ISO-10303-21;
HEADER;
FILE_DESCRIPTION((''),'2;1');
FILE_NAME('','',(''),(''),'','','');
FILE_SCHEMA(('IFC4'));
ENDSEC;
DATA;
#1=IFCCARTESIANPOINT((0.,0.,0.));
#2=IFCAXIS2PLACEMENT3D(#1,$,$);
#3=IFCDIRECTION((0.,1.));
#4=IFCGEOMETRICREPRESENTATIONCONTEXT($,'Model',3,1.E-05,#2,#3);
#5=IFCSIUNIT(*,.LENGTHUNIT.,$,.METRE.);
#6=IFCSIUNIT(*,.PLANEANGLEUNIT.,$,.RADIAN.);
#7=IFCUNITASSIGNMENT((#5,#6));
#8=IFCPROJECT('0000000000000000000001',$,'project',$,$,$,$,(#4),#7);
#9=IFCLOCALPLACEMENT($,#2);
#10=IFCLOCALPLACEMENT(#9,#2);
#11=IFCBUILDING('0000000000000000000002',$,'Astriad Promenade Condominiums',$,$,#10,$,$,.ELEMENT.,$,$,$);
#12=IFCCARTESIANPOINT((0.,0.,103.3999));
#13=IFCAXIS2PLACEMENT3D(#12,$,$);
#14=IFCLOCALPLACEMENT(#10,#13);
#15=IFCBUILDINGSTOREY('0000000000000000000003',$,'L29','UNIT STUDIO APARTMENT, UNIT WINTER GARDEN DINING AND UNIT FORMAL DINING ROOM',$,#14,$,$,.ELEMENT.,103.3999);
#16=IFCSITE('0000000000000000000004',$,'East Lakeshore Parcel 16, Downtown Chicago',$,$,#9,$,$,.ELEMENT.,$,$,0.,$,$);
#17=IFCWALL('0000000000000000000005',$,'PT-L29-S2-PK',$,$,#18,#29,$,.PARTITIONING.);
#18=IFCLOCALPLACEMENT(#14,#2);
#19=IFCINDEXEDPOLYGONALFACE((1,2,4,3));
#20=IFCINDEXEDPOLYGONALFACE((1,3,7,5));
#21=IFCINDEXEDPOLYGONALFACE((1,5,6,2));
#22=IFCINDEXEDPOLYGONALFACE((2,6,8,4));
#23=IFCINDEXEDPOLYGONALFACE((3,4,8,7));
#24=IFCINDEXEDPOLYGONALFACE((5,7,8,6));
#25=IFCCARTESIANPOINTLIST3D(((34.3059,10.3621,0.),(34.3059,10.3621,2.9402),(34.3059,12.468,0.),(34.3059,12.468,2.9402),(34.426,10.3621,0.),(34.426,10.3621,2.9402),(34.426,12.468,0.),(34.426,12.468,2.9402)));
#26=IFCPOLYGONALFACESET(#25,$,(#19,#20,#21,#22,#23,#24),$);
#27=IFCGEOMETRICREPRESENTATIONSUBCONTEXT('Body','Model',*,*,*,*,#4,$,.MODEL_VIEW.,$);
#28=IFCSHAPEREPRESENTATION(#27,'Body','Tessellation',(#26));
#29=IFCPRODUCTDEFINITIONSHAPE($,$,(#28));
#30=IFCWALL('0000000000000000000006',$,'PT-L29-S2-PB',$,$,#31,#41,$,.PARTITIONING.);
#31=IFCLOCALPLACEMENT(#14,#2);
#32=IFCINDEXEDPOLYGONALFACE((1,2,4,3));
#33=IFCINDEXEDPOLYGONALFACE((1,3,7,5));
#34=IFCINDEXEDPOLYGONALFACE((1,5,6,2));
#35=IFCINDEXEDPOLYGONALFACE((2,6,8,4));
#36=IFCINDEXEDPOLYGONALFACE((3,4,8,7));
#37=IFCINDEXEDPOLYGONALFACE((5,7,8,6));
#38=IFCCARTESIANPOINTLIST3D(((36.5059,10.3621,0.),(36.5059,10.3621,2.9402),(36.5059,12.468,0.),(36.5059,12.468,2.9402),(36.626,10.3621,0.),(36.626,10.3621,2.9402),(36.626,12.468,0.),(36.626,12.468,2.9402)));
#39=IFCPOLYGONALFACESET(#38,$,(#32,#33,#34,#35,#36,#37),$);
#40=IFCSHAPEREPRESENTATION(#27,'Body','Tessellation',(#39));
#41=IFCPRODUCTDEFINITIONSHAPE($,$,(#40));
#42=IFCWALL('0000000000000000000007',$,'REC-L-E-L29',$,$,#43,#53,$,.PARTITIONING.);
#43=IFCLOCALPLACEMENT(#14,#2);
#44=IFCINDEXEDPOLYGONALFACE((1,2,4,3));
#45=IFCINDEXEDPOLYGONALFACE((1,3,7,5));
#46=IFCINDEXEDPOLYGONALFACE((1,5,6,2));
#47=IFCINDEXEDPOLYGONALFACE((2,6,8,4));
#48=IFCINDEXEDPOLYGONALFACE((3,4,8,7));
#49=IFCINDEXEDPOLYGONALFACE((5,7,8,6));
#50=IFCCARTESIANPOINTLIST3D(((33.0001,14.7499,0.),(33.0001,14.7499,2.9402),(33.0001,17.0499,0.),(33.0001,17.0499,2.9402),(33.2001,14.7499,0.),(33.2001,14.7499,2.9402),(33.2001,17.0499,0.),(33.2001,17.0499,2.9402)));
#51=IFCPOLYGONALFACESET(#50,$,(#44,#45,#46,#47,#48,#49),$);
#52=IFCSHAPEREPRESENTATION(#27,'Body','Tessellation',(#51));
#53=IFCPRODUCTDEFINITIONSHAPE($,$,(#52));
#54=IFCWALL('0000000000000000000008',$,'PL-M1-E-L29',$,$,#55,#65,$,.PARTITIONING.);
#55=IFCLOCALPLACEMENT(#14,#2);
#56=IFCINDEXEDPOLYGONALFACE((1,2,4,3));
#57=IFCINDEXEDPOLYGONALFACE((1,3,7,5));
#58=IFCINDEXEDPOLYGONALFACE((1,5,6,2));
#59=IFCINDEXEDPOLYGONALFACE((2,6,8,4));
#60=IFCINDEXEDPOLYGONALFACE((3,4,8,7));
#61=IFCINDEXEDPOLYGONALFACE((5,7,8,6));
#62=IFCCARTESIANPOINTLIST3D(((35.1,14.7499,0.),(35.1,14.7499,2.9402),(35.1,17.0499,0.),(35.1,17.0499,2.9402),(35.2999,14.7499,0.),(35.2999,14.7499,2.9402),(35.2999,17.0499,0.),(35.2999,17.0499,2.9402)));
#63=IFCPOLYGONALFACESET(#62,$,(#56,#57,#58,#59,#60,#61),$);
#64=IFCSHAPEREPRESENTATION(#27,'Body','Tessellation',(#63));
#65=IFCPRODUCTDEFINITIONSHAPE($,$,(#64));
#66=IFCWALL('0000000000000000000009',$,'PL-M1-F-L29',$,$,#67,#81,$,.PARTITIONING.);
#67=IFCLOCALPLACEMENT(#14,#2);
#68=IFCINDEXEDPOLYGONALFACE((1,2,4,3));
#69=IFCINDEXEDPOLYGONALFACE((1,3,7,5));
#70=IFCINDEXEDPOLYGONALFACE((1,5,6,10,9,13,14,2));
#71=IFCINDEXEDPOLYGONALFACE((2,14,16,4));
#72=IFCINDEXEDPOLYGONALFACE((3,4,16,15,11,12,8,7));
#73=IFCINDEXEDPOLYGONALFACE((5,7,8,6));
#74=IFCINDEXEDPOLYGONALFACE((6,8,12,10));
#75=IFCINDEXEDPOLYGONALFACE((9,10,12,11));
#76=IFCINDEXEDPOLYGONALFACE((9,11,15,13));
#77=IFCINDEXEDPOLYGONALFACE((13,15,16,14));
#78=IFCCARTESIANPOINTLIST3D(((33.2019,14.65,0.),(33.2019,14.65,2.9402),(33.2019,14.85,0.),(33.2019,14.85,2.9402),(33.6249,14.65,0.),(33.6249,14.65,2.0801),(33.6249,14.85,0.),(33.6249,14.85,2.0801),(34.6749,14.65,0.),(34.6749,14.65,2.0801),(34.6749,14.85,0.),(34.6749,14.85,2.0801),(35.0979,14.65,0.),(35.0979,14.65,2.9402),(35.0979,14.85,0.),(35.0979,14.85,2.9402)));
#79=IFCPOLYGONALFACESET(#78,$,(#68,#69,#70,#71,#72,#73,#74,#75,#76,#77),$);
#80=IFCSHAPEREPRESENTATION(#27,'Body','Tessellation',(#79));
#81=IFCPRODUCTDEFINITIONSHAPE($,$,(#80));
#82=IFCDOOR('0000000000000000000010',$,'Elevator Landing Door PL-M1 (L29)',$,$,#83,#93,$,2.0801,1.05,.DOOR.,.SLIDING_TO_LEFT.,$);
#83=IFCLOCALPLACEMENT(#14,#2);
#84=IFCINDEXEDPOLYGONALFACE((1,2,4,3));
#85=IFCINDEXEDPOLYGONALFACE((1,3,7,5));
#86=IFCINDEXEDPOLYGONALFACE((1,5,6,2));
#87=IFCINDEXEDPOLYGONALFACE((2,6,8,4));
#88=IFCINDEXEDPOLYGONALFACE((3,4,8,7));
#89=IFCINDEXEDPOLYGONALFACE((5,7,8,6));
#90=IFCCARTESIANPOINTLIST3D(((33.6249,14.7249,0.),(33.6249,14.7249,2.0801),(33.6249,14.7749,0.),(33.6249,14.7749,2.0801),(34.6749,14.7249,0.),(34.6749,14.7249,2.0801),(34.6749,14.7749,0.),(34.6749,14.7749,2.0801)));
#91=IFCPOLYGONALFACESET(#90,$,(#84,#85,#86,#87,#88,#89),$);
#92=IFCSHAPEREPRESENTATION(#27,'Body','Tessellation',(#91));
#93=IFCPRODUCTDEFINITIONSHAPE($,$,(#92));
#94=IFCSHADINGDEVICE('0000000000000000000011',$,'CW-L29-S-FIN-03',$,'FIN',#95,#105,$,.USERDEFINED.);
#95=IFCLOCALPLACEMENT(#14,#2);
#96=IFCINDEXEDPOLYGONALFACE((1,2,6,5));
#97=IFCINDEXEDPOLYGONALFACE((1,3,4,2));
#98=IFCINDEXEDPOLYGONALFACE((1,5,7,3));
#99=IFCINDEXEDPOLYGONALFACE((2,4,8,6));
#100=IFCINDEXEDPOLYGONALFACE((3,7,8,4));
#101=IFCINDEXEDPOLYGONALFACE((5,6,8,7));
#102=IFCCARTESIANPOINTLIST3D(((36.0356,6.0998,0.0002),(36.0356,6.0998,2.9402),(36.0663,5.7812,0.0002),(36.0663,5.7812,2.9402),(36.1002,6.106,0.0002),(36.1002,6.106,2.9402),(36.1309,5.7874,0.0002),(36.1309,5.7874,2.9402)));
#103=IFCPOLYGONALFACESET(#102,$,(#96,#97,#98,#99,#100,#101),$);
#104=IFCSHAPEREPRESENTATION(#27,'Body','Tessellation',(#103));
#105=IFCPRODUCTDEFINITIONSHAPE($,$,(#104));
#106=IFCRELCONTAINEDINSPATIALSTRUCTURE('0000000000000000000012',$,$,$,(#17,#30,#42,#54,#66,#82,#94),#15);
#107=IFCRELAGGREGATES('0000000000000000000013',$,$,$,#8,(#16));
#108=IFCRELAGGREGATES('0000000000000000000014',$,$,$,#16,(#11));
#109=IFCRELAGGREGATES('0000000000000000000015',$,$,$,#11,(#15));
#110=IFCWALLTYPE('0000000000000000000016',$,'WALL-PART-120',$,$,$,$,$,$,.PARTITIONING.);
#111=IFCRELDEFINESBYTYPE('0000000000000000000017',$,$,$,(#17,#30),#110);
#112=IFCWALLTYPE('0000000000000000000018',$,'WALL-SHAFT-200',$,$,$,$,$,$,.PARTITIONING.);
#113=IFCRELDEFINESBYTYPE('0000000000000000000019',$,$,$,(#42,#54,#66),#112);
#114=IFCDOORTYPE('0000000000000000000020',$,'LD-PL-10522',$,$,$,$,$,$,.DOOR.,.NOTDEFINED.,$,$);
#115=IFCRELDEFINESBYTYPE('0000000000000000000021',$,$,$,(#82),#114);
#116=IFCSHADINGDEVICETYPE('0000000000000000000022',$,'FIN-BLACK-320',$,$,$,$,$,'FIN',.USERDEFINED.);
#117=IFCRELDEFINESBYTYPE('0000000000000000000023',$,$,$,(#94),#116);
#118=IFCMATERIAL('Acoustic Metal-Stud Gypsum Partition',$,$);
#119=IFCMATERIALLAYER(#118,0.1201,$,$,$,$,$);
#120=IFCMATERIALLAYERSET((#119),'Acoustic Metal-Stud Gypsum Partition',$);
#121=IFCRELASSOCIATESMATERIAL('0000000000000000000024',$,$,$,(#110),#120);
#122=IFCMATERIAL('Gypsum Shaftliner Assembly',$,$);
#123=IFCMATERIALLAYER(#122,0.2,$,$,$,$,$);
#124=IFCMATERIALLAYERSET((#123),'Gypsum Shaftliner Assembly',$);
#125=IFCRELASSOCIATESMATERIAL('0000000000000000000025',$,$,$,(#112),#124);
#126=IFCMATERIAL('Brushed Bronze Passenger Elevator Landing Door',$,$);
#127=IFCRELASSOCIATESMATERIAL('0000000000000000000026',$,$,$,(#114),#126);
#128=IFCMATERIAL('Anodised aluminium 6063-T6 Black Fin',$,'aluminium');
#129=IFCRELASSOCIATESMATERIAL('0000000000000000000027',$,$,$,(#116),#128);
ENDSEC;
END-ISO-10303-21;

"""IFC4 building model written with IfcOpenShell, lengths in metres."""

from ifc_helpers import new_model, si_unit, direction, frame, frame_2d, origin, origin_2d, place, context, subcontext, project, spatial, rectangle, extrude, source, transform, mapped, material, layer, layer_set, type_object, type_shapes, element, fill, save


model = new_model("IFC4")

# Units and contexts
model_context = context("Model", 3, precision=1e-05, world=origin(), true_north=direction((0.0, 1.0)))
body_context = subcontext(model_context, "Body", "Model", "MODEL_VIEW")
ifc_project = project(units=[si_unit("LENGTHUNIT", "METRE"), si_unit("PLANEANGLEUNIT", "RADIAN")], contexts=[model_context])

# Site, building, storey
site_placement = place(None, origin())
site = spatial("IfcSite", under=ifc_project, at=site_placement, Name="East Lakeshore Parcel 16, Downtown Chicago", CompositionType="ELEMENT", RefElevation=0.0)
building_placement = place(site_placement, origin())
building = spatial("IfcBuilding", under=site, at=building_placement, Name="Astriad Promenade Condominiums", CompositionType="ELEMENT")
storey_placement = place(building_placement, frame((0.0, 0.0, 103.3999)))
storey = spatial("IfcBuildingStorey", under=building, at=storey_placement, Name="L29", Description="UNIT STUDIO APARTMENT, UNIT WINTER GARDEN DINING AND UNIT FORMAL DINING ROOM", CompositionType="ELEMENT", Elevation=103.3999)

# Shared definitions
ifc_material_1 = material(Name="Acoustic Metal-Stud Gypsum Partition")
ifc_layer_1 = layer(ifc_material_1, 0.1201)
ifc_layer_set_1 = layer_set([ifc_layer_1], Name="Acoustic Metal-Stud Gypsum Partition")
wall_type_1 = type_object("IfcWallType", Name="WALL-PART-120", PredefinedType="PARTITIONING", material=ifc_layer_set_1)

# Walls
for number, where, z_axis, x_axis, name in (
    (1, (34.366, 10.3621, 0.0), (0.0, 0.0, 1.0), (0.0, 1.0, 0.0), "PT-L29-S2-PK"),
    (2, (36.5659, 10.3621, 0.0), (0.0, 0.0, 1.0), (0.0, 1.0, 0.0), "PT-L29-S2-PB"),
):
    element("IfcWall", number, at=place(storey_placement, frame(where, z_axis=z_axis, x_axis=x_axis)), inside=storey, type_object=wall_type_1, Name=name, PredefinedType="PARTITIONING", context=body_context, shape_type="SweptSolid", body=[
        extrude(rectangle(XDim=2.106, YDim=0.1201, at=frame_2d((1.053, 0.0))), origin(), (0.0, 0.0, 1.0), 2.9402),
    ])
ifc_material_2 = material(Name="Gypsum Shaftliner Assembly")
ifc_layer_2 = layer(ifc_material_2, 0.2)
ifc_layer_set_2 = layer_set([ifc_layer_2], Name="Gypsum Shaftliner Assembly")
wall_type_2 = type_object("IfcWallType", Name="WALL-SHAFT-200", PredefinedType="PARTITIONING", material=ifc_layer_set_2)
for number, where, z_axis, x_axis, name in (
    (3, (33.1001, 14.75, 0.0), (0.0, 0.0, 1.0), (0.0, 1.0, 0.0), "REC-L-E-L29"),
    (4, (35.2, 14.75, 0.0), (0.0, 0.0, 1.0), (0.0, 1.0, 0.0), "PL-M1-E-L29"),
):
    element("IfcWall", number, at=place(storey_placement, frame(where, z_axis=z_axis, x_axis=x_axis)), inside=storey, type_object=wall_type_2, Name=name, PredefinedType="PARTITIONING", context=body_context, shape_type="SweptSolid", body=[
        extrude(rectangle(XDim=2.3, YDim=0.2, at=frame_2d((1.1499, 0.0))), origin(), (0.0, 0.0, 1.0), 2.9402),
    ])

# Wall, opening, door
wall_1_placement = place(storey_placement, frame((33.2019, 14.75, 0.0), z_axis=(0.0, 0.0, 1.0), x_axis=(1.0, 0.0, 0.0)))
wall_1 = element("IfcWall", 5, at=wall_1_placement, inside=storey, type_object=wall_type_2, Name="PL-M1-F-L29", PredefinedType="PARTITIONING", context=body_context, shape_type="SweptSolid", body=[
    extrude(rectangle(XDim=1.896, YDim=0.2, at=frame_2d((0.948, 0.0))), origin(), (0.0, 0.0, 1.0), 2.9402),
])
opening_1_placement = place(wall_1_placement, frame((0.4231, 0.0, 0.0)))
opening_1 = element("IfcOpeningElement", 6, at=opening_1_placement, cuts=wall_1, PredefinedType="OPENING", context=body_context, shape_type="SweptSolid", body=[
    extrude(rectangle(XDim=1.05, YDim=2.0801, at=frame_2d((0.5249, 1.04))), frame((0.0, 0.1099, 0.0), z_axis=(0.0, -1.0, 0.0), x_axis=(1.0, 0.0, 0.0)), (0.0, 0.0, 1.0), 0.22),
])
ifc_material_3 = material(Name="Brushed Bronze Passenger Elevator Landing Door")
door_type_1 = type_object("IfcDoorType", Name="LD-PL-10522", OperationType="NOTDEFINED", PredefinedType="DOOR", material=ifc_material_3)
shared_shape_1 = source(origin(), body_context, "Body", "SweptSolid", [
    extrude(rectangle(XDim=1.05, YDim=2.0801, at=frame_2d((0.5249, 1.04))), frame((0.0, 0.0249, 0.0), z_axis=(0.0, -1.0, 0.0), x_axis=(1.0, 0.0, 0.0)), (0.0, 0.0, 1.0), 0.05),
])
type_shapes(door_type_1, [shared_shape_1])
door_1_placement = place(opening_1_placement, origin())
door_1 = element("IfcDoor", 7, at=door_1_placement, inside=storey, type_object=door_type_1, Name="Elevator Landing Door PL-M1 (L29)", OperationType="SLIDING_TO_LEFT", OverallHeight=2.0801, OverallWidth=1.05, PredefinedType="DOOR", context=body_context, shape_type="MappedRepresentation", body=[
    mapped(shared_shape_1, transform((0.0, 0.0, 0.0), scale=1.0)),
])
fill(opening_1, door_1)

# Shading device
ifc_material_4 = material(Name="Anodised aluminium 6063-T6 Black Fin", Category="aluminium")
shading_device_type = type_object("IfcShadingDeviceType", Name="FIN-BLACK-320", ElementType="FIN", PredefinedType="USERDEFINED", material=ifc_material_4)
shared_shape_2 = source(origin(), body_context, "Body", "SweptSolid", [
    extrude(rectangle(XDim=0.0649, YDim=0.3201, at=origin_2d()), origin(), (0.0, 0.0, 1.0), 2.9399),
])
type_shapes(shading_device_type, [shared_shape_2])
shading_device_placement = place(storey_placement, frame((36.0833, 5.9436, 0.0002), z_axis=(0.0, 0.0, 1.0), x_axis=(-0.995396, -0.095846, 0.0)))
element("IfcShadingDevice", 8, at=shading_device_placement, inside=storey, type_object=shading_device_type, Name="CW-L29-S-FIN-03", ObjectType="FIN", PredefinedType="USERDEFINED", context=body_context, shape_type="MappedRepresentation", body=[
    mapped(shared_shape_2, transform((0.0, 0.0, 0.0), scale=1.0)),
])

save(model, "model.ifc")
